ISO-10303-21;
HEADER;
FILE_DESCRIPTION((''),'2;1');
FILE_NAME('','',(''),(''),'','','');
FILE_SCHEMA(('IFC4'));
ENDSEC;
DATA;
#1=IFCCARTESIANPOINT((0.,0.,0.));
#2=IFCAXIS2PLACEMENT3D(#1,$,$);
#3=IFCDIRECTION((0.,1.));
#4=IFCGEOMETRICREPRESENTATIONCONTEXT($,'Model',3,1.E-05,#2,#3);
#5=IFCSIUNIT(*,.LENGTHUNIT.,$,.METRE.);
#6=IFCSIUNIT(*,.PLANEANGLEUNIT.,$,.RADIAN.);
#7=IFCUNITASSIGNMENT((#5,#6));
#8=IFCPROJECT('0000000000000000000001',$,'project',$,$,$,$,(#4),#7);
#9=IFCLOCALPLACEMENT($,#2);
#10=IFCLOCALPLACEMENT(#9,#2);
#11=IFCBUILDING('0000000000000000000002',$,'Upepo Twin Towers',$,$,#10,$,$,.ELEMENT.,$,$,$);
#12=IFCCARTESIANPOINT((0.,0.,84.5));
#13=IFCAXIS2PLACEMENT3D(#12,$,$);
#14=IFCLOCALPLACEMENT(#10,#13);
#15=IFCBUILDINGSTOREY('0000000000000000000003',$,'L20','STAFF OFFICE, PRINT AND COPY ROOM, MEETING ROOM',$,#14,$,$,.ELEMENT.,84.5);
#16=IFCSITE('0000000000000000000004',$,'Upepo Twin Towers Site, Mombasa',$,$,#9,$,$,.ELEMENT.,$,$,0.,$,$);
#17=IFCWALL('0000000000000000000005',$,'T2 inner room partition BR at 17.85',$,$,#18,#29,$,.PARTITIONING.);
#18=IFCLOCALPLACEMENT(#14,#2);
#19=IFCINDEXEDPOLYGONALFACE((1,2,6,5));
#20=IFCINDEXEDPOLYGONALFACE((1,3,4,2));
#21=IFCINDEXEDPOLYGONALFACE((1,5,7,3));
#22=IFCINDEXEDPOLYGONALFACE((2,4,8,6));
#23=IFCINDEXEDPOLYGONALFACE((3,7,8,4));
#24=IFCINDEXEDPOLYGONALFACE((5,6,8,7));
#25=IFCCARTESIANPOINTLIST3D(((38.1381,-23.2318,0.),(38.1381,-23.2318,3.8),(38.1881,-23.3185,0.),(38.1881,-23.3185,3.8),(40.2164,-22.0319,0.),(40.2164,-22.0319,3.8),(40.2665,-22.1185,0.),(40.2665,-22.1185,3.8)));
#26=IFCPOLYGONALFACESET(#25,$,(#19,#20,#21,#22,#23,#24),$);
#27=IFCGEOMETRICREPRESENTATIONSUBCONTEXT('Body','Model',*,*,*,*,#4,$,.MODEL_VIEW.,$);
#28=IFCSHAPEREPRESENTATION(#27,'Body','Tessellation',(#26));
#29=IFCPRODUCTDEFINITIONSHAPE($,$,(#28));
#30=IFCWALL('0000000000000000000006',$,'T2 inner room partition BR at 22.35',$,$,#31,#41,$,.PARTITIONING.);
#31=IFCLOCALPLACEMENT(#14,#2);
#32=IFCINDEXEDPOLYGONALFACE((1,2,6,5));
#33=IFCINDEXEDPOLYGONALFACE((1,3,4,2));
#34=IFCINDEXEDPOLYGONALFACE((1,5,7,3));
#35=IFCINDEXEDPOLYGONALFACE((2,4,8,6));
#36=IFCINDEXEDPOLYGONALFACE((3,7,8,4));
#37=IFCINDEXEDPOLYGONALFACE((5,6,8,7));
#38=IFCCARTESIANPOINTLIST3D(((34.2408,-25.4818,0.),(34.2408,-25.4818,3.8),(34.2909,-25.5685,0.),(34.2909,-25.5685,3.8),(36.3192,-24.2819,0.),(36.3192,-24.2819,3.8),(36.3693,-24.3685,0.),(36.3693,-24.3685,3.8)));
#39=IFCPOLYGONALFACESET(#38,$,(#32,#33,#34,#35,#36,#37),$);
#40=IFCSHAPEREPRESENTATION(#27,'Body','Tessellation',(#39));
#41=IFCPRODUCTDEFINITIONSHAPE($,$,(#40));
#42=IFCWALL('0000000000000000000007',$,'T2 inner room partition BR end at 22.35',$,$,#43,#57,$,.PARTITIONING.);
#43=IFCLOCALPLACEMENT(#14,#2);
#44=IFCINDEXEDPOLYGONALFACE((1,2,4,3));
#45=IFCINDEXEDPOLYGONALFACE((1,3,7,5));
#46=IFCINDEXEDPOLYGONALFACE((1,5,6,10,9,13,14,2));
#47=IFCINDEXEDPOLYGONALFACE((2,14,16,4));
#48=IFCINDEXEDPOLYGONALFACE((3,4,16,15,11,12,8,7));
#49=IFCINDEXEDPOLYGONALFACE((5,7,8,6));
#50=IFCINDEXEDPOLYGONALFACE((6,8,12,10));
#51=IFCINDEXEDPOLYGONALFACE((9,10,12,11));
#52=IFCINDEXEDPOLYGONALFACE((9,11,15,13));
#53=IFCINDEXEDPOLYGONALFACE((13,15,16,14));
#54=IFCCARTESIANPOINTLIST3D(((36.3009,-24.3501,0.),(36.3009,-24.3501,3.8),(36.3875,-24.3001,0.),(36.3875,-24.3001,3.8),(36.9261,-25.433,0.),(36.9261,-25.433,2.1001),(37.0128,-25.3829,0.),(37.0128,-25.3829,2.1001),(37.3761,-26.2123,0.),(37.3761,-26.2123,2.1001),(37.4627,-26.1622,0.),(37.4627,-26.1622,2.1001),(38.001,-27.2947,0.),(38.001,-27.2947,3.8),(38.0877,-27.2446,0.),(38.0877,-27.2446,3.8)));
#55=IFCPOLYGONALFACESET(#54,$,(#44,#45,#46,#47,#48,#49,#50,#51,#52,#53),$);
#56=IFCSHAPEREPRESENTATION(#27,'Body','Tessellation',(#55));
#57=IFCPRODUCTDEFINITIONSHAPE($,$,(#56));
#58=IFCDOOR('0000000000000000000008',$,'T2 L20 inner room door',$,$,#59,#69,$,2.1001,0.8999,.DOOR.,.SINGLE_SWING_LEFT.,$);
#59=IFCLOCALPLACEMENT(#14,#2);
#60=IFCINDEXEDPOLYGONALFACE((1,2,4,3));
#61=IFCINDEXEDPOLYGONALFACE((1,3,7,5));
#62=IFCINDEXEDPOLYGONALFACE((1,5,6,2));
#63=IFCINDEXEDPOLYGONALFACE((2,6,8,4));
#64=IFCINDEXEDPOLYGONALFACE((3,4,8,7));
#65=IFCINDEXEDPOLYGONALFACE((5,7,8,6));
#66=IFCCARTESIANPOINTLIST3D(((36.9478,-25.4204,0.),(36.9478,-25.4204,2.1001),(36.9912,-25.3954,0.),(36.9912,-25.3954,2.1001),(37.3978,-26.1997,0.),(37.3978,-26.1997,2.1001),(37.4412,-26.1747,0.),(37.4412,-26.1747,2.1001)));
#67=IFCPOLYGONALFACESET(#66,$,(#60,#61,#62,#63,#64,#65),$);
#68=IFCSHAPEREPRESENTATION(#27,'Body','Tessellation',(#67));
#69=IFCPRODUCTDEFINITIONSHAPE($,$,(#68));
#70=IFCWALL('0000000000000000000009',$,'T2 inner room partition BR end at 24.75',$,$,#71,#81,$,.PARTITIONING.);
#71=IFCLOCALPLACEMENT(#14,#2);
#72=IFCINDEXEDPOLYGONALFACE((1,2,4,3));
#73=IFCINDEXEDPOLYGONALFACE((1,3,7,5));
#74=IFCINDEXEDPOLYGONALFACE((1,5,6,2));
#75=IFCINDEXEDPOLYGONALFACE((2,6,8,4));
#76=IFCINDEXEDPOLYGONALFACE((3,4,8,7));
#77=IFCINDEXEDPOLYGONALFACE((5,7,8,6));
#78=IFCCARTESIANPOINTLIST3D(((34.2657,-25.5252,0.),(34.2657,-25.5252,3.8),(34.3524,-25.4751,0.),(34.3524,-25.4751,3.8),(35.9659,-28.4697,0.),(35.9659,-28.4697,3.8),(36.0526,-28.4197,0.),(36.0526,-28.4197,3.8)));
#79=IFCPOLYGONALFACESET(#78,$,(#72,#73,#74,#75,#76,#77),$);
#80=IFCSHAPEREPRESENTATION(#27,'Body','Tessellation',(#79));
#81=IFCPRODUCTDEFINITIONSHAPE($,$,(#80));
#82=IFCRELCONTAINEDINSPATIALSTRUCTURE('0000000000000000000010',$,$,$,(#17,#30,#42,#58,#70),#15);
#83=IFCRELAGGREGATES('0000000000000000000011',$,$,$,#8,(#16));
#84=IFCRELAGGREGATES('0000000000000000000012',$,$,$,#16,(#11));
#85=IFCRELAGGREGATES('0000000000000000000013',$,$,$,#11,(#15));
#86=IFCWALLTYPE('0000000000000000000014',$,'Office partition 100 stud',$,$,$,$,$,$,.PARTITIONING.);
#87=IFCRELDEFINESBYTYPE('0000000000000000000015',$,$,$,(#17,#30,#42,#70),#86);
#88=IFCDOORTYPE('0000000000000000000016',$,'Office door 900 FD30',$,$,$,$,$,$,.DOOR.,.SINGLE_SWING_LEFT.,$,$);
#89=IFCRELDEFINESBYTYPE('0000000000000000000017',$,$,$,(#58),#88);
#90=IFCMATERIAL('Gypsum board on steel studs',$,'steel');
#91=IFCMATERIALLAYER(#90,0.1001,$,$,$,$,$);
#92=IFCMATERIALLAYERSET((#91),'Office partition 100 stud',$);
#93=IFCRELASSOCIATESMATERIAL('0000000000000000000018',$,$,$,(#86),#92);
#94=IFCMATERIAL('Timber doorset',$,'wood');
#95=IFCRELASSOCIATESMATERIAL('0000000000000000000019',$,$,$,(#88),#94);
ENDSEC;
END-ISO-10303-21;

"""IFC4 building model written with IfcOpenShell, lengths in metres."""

from ifc_helpers import new_model, si_unit, direction, frame, frame_2d, origin, place, context, subcontext, project, spatial, rectangle, extrude, material, layer, layer_set, type_object, element, fill, save


model = new_model("IFC4")

# Units and contexts
model_context = context("Model", 3, precision=1e-05, world=origin(), true_north=direction((0.0, 1.0)))
body_context = subcontext(model_context, "Body", "Model", "MODEL_VIEW")
ifc_project = project(units=[si_unit("LENGTHUNIT", "METRE"), si_unit("PLANEANGLEUNIT", "RADIAN")], contexts=[model_context])

# Site, building, storey
site_placement = place(None, origin())
site = spatial("IfcSite", under=ifc_project, at=site_placement, Name="Upepo Twin Towers Site, Mombasa", CompositionType="ELEMENT", RefElevation=0.0)
building_placement = place(site_placement, origin())
building = spatial("IfcBuilding", under=site, at=building_placement, Name="Upepo Twin Towers", CompositionType="ELEMENT")
storey_placement = place(building_placement, frame((0.0, 0.0, 84.5)))
storey = spatial("IfcBuildingStorey", under=building, at=storey_placement, Name="L20", Description="STAFF OFFICE, PRINT AND COPY ROOM, MEETING ROOM", CompositionType="ELEMENT", Elevation=84.5)

# Shared definitions
ifc_material_1 = material(Name="Gypsum board on steel studs", Category="steel")
ifc_layer_1 = layer(ifc_material_1, 0.1001)
ifc_layer_set_1 = layer_set([ifc_layer_1], Name="Office partition 100 stud")
wall_type_1 = type_object("IfcWallType", Name="Office partition 100 stud", PredefinedType="PARTITIONING", material=ifc_layer_set_1)
ifc_material_2 = material(Name="Timber doorset", Category="wood")
door_type = type_object("IfcDoorType", Name="Office door 900 FD30", OperationType="SINGLE_SWING_LEFT", PredefinedType="DOOR", material=ifc_material_2)

# Walls
for number, where, z_axis, x_axis, name in (
    (1, (40.2415, -22.0752, 0.0), (0.0, 0.0, 1.0), (-0.866025, -0.500001, 0.0), "T2 inner room partition BR at 17.85"),
    (2, (36.3442, -24.3252, 0.0), (0.0, 0.0, 1.0), (-0.866025, -0.500001, 0.0), "T2 inner room partition BR at 22.35"),
):
    element("IfcWall", number, at=place(storey_placement, frame(where, z_axis=z_axis, x_axis=x_axis)), inside=storey, type_object=wall_type_1, Name=name, PredefinedType="PARTITIONING", context=body_context, shape_type="SweptSolid", body=[
        extrude(rectangle(XDim=2.3999, YDim=0.1001, at=frame_2d((1.2, 0.0))), origin(), (0.0, 0.0, 1.0), 3.8),
    ])

# Wall, opening, door
wall_1_placement = place(storey_placement, frame((38.0444, -27.2698, 0.0), z_axis=(0.0, 0.0, 1.0), x_axis=(-0.500031, 0.866007, 0.0)))
wall_1 = element("IfcWall", 3, at=wall_1_placement, inside=storey, type_object=wall_type_1, Name="T2 inner room partition BR end at 22.35", PredefinedType="PARTITIONING", context=body_context, shape_type="SweptSolid", body=[
    extrude(rectangle(XDim=3.4001, YDim=0.1001, at=frame_2d((1.7002, 0.0))), origin(), (0.0, 0.0, 1.0), 3.8),
])
opening_1_placement = place(wall_1_placement, frame((1.25, 0.0, 0.0)))
opening_1 = element("IfcOpeningElement", 4, at=opening_1_placement, cuts=wall_1, PredefinedType="OPENING", context=body_context, shape_type="SweptSolid", body=[
    extrude(rectangle(XDim=0.8999, YDim=2.1001, at=frame_2d((0.45, 1.05))), frame((0.0, 0.0601, 0.0), z_axis=(0.0, -1.0, 0.0), x_axis=(1.0, 0.0, 0.0)), (0.0, 0.0, 1.0), 0.1201),
])
door_1_placement = place(opening_1_placement, origin())
door_1 = element("IfcDoor", 5, at=door_1_placement, inside=storey, type_object=door_type, Name="T2 L20 inner room door", OperationType="SINGLE_SWING_LEFT", OverallHeight=2.1001, OverallWidth=0.8999, PredefinedType="DOOR", context=body_context, shape_type="SweptSolid", body=[
    extrude(rectangle(XDim=0.8999, YDim=2.1001, at=frame_2d((0.45, 1.05))), frame((0.0, 0.0249, 0.0), z_axis=(0.0, -1.0, 0.0), x_axis=(1.0, 0.0, 0.0)), (0.0, 0.0, 1.0), 0.05),
])
fill(opening_1, door_1)

# Wall
wall_2_placement = place(storey_placement, frame((36.0093, -28.4448, 0.0), z_axis=(0.0, 0.0, 1.0), x_axis=(-0.500031, 0.866007, 0.0)))
element("IfcWall", 6, at=wall_2_placement, inside=storey, type_object=wall_type_1, Name="T2 inner room partition BR end at 24.75", PredefinedType="PARTITIONING", context=body_context, shape_type="SweptSolid", body=[
    extrude(rectangle(XDim=3.4001, YDim=0.1001, at=frame_2d((1.7002, 0.0))), origin(), (0.0, 0.0, 1.0), 3.8),
])

save(model, "model.ifc")
